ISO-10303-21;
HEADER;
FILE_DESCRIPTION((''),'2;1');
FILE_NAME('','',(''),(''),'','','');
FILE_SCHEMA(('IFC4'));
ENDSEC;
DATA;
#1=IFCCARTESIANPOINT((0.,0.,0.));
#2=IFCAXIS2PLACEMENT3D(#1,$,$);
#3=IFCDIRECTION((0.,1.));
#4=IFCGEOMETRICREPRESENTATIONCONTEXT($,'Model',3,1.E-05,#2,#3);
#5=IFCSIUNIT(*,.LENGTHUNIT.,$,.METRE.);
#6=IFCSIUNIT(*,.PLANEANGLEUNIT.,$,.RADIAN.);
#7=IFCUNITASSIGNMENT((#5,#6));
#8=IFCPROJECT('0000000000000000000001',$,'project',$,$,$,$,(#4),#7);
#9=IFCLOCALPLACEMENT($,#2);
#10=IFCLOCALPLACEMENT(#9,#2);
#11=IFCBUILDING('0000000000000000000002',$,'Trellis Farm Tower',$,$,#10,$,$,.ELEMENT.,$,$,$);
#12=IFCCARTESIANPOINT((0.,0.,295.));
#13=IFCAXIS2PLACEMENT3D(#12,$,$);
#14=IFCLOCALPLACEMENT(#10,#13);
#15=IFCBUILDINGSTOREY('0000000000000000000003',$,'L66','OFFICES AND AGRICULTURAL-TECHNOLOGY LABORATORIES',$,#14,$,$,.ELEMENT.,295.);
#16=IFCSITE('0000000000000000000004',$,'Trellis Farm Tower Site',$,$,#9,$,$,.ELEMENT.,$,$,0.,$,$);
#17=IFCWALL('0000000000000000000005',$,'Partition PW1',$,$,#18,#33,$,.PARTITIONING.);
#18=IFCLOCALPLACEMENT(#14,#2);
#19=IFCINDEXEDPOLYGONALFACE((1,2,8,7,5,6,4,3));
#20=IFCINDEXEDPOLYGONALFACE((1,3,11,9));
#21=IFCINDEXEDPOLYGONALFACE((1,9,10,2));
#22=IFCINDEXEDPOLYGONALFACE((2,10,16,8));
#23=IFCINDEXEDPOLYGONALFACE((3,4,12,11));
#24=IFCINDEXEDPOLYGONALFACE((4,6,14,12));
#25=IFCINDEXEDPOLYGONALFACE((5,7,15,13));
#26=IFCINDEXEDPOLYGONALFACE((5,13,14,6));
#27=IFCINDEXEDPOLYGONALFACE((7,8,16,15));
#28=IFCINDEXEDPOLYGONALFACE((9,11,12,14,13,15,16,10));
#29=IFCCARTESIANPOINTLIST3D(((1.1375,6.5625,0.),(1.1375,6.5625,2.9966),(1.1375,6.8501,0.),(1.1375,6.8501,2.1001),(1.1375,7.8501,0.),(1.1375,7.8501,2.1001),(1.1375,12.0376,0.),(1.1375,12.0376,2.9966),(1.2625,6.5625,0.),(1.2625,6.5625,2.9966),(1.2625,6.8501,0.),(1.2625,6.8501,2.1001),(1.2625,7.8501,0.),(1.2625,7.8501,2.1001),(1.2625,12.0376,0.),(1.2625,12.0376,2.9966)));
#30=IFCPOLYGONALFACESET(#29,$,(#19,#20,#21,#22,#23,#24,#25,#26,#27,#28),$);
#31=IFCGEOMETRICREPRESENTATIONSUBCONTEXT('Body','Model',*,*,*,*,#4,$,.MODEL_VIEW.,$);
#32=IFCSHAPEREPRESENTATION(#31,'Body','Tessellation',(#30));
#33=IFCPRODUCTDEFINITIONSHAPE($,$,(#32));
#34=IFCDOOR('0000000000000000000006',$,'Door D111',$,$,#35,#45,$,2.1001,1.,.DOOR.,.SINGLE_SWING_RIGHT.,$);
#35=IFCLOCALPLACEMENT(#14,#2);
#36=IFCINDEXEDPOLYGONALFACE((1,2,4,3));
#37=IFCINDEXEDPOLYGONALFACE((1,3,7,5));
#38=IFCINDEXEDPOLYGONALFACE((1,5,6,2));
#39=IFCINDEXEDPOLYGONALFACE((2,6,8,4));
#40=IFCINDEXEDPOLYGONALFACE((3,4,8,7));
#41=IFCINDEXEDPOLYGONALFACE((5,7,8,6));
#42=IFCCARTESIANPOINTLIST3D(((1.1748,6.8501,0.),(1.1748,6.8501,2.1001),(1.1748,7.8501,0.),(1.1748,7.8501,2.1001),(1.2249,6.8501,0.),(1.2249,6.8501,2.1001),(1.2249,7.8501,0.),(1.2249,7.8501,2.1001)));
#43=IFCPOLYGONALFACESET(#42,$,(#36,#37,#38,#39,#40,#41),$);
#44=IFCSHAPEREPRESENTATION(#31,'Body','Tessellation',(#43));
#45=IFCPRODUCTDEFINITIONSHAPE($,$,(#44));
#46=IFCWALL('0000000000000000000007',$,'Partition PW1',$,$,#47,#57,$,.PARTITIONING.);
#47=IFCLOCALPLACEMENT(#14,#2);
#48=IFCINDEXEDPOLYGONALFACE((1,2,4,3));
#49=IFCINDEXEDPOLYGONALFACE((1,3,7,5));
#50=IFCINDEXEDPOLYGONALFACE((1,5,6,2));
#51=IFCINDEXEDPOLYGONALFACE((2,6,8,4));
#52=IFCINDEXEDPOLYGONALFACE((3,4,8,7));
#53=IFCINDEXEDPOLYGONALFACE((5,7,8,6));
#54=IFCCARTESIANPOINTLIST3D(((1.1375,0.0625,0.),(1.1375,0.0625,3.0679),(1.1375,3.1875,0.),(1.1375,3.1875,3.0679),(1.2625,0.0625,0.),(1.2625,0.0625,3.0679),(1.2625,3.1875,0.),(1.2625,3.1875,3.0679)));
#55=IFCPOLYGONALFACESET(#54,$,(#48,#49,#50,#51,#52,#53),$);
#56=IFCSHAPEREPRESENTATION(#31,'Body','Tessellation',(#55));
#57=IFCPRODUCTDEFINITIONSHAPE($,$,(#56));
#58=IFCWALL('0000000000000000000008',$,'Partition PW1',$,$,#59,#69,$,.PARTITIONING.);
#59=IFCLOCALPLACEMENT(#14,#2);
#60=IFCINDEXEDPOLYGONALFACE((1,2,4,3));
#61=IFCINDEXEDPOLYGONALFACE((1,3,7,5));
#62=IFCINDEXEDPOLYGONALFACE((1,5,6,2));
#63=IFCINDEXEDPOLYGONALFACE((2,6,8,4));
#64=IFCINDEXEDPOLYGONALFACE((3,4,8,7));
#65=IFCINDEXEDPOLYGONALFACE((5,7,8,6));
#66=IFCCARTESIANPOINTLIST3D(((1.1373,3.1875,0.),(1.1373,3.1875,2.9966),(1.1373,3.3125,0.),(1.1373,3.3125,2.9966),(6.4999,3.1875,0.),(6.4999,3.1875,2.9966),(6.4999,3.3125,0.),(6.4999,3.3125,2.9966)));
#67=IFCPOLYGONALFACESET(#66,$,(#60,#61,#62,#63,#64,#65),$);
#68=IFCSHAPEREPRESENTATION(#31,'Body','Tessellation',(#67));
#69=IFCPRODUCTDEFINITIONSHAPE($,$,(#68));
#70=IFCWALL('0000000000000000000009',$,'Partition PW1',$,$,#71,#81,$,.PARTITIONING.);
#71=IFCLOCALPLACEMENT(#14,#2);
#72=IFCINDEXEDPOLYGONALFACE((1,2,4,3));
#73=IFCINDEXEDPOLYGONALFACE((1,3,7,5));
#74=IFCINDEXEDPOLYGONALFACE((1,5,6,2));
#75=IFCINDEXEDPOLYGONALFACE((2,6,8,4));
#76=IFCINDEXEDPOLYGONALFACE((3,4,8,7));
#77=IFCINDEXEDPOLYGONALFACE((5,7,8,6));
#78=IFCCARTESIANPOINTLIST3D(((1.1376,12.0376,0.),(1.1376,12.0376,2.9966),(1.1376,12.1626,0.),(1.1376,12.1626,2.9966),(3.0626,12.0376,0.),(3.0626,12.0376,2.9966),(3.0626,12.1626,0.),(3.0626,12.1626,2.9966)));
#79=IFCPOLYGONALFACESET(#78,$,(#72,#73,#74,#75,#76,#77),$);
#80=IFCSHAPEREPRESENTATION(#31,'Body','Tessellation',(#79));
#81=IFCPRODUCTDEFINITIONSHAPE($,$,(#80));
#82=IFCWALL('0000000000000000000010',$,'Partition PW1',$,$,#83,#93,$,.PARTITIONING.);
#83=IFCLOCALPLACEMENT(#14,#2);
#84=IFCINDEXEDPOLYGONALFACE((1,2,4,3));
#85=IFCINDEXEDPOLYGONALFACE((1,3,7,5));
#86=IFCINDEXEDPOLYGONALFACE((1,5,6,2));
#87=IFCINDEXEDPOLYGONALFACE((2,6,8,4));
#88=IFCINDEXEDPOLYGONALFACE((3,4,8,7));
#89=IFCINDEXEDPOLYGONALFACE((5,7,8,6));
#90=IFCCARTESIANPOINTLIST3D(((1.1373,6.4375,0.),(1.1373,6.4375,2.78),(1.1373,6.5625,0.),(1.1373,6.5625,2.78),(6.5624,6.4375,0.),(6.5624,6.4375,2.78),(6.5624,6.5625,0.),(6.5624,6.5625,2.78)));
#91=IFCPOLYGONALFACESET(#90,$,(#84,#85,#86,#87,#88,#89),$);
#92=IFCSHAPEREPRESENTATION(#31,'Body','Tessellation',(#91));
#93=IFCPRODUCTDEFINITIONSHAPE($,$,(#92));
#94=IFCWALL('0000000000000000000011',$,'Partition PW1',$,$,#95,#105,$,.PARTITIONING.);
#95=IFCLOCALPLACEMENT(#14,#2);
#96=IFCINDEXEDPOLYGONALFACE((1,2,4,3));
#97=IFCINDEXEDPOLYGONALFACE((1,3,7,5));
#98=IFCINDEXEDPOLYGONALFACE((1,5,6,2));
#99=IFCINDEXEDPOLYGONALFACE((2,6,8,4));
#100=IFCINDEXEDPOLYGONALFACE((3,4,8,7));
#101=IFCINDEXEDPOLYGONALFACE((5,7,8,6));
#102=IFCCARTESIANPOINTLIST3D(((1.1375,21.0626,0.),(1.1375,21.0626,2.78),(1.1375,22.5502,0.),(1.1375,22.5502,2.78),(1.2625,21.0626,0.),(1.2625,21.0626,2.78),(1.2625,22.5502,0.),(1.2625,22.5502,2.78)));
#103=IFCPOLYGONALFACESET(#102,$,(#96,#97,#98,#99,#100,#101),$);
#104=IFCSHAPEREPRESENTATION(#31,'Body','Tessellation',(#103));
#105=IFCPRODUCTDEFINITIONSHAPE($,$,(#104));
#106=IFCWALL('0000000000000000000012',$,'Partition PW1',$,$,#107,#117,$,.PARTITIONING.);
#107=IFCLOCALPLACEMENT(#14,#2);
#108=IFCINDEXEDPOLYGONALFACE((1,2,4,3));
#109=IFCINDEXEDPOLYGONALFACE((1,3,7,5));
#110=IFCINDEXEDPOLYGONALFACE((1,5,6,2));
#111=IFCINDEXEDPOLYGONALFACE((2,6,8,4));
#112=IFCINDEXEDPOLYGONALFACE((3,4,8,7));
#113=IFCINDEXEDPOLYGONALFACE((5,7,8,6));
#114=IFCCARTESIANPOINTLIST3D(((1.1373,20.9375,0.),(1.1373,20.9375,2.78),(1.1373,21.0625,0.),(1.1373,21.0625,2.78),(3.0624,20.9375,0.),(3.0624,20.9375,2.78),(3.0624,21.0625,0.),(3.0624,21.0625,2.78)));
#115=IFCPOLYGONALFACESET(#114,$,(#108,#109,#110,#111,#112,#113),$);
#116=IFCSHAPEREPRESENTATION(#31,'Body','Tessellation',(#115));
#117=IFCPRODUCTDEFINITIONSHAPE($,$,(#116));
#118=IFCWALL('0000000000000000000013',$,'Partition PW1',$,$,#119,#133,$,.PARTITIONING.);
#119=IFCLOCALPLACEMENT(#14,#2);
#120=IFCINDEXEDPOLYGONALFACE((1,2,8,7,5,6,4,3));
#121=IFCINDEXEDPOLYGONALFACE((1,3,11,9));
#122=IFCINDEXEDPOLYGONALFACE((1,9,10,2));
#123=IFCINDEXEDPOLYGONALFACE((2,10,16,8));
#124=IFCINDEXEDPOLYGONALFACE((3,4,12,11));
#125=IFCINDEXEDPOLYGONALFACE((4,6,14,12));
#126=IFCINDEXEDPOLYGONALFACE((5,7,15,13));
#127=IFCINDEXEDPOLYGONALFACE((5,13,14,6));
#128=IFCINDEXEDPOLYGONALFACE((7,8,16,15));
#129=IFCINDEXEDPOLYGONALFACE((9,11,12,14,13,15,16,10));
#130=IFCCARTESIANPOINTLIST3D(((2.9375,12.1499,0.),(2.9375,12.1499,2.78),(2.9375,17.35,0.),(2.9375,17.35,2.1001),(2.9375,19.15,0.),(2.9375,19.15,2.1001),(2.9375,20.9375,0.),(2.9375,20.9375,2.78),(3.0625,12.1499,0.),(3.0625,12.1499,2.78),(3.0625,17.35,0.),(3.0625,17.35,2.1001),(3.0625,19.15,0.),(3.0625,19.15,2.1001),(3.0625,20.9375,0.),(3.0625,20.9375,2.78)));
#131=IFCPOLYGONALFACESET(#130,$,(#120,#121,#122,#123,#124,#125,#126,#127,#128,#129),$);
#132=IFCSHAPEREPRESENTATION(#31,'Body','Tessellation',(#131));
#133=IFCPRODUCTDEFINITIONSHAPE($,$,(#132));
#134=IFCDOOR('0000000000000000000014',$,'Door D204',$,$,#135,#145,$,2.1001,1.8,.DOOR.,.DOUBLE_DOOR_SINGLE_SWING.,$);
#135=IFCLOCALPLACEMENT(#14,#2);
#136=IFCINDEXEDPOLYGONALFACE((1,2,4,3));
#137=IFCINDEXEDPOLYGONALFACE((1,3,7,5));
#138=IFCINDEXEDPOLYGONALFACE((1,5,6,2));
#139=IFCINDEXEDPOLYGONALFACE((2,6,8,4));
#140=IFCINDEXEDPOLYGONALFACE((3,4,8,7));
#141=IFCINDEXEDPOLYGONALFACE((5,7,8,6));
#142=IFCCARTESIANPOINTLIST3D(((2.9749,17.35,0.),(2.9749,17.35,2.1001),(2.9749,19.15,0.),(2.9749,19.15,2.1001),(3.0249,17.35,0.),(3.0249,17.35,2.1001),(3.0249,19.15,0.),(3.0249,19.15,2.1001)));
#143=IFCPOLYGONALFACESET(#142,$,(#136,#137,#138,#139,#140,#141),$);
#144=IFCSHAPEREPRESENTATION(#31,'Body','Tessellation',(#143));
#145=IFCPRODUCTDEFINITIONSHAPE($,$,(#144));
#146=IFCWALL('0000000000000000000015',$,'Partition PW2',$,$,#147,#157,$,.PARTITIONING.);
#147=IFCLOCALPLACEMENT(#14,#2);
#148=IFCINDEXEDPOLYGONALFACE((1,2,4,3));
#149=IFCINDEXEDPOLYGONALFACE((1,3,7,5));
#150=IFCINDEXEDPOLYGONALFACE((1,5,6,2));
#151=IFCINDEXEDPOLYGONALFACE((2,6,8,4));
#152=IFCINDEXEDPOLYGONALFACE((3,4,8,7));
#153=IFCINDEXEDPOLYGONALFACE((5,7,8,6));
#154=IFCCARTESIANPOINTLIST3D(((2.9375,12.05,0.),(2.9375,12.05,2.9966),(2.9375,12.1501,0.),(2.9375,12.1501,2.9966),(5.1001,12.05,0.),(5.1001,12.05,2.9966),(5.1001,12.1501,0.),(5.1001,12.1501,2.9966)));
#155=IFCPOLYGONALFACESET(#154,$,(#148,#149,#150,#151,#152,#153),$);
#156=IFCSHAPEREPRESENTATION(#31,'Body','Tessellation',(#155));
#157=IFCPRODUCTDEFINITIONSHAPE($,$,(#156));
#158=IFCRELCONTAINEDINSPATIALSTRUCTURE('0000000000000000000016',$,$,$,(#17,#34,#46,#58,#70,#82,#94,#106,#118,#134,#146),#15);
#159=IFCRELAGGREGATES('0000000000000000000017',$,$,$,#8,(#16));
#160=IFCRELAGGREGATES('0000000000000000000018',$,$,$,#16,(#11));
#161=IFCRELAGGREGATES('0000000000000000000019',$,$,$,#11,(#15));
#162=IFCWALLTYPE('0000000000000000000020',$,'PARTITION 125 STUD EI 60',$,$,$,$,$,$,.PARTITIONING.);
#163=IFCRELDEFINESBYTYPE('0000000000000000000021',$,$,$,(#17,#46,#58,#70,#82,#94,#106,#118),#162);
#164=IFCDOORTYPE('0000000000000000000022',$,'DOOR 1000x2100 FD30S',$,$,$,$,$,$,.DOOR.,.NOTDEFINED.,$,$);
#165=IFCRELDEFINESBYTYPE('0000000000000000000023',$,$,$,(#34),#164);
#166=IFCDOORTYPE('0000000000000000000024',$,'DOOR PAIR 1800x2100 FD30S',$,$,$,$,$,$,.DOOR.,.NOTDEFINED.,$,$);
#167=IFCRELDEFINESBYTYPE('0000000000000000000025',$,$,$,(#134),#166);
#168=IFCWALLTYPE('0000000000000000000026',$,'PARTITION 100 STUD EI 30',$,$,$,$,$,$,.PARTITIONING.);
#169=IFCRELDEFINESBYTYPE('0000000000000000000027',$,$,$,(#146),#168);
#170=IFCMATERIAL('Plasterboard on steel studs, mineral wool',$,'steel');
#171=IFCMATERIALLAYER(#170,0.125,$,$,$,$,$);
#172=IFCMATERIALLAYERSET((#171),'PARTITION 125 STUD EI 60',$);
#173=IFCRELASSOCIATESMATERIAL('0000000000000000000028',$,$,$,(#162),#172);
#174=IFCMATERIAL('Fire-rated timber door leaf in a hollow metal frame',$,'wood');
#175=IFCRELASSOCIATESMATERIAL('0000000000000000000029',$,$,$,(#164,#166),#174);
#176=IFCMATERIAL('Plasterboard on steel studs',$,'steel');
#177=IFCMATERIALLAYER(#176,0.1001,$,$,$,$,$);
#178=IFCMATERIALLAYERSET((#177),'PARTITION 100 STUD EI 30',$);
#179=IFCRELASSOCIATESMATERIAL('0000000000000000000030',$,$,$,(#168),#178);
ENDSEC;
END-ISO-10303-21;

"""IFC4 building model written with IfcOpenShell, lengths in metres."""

from ifc_helpers import new_model, si_unit, direction, frame, frame_2d, origin, place, context, subcontext, project, spatial, rectangle, extrude, source, transform, mapped, material, layer, layer_set, type_object, element, fill, save


model = new_model("IFC4")

# Units and contexts
model_context = context("Model", 3, precision=1e-05, world=origin(), true_north=direction((0.0, 1.0)))
body_context = subcontext(model_context, "Body", "Model", "MODEL_VIEW")
ifc_project = project(units=[si_unit("LENGTHUNIT", "METRE"), si_unit("PLANEANGLEUNIT", "RADIAN")], contexts=[model_context])

# Site, building, storey
site_placement = place(None, origin())
site = spatial("IfcSite", under=ifc_project, at=site_placement, Name="Trellis Farm Tower Site", CompositionType="ELEMENT", RefElevation=0.0)
building_placement = place(site_placement, origin())
building = spatial("IfcBuilding", under=site, at=building_placement, Name="Trellis Farm Tower", CompositionType="ELEMENT")
storey_placement = place(building_placement, frame((0.0, 0.0, 295.0)))
storey = spatial("IfcBuildingStorey", under=building, at=storey_placement, Name="L66", Description="OFFICES AND AGRICULTURAL-TECHNOLOGY LABORATORIES", CompositionType="ELEMENT", Elevation=295.0)

# Wall, opening, door
ifc_material_1 = material(Name="Plasterboard on steel studs, mineral wool", Category="steel")
ifc_layer_1 = layer(ifc_material_1, 0.125)
ifc_layer_set_1 = layer_set([ifc_layer_1], Name="PARTITION 125 STUD EI 60")
wall_type_1 = type_object("IfcWallType", Name="PARTITION 125 STUD EI 60", PredefinedType="PARTITIONING", material=ifc_layer_set_1)
shared_shape_1 = source(origin(), body_context, "Body", "SweptSolid", [
    extrude(rectangle(XDim=5.4751, YDim=0.125, at=frame_2d((2.7375, 0.0))), origin(), (0.0, 0.0, 1.0), 2.9966),
])
wall_1_placement = place(storey_placement, frame((1.2, 12.0376, 0.0), z_axis=(0.0, 0.0, 1.0), x_axis=(0.0, -1.0, 0.0)))
wall_1 = element("IfcWall", 1, at=wall_1_placement, inside=storey, type_object=wall_type_1, Name="Partition PW1", PredefinedType="PARTITIONING", context=body_context, shape_type="MappedRepresentation", body=[
    mapped(shared_shape_1, transform((0.0, 0.0, 0.0))),
])
shared_shape_2 = source(origin(), body_context, "Body", "SweptSolid", [
    extrude(rectangle(XDim=1.0, YDim=2.1001, at=frame_2d((0.5, 1.05))), frame((0.0, 0.0725, 0.0), z_axis=(0.0, -1.0, 0.0), x_axis=(1.0, 0.0, 0.0)), (0.0, 0.0, 1.0), 0.145),
])
opening_1_placement = place(wall_1_placement, frame((4.1875, 0.0, 0.0)))
opening_1 = element("IfcOpeningElement", 2, at=opening_1_placement, cuts=wall_1, PredefinedType="OPENING", context=body_context, shape_type="MappedRepresentation", body=[
    mapped(shared_shape_2, transform((0.0, 0.0, 0.0))),
])
ifc_material_2 = material(Name="Fire-rated timber door leaf in a hollow metal frame", Category="wood")
door_type_1 = type_object("IfcDoorType", Name="DOOR 1000x2100 FD30S", OperationType="NOTDEFINED", PredefinedType="DOOR", material=ifc_material_2)
shared_shape_3 = source(origin(), body_context, "Body", "SweptSolid", [
    extrude(rectangle(XDim=1.0, YDim=2.1001, at=frame_2d((0.5, 1.05))), frame((0.0, 0.0249, 0.0), z_axis=(0.0, -1.0, 0.0), x_axis=(1.0, 0.0, 0.0)), (0.0, 0.0, 1.0), 0.05),
])
door_1_placement = place(opening_1_placement, origin())
door_1 = element("IfcDoor", 3, at=door_1_placement, inside=storey, type_object=door_type_1, Name="Door D111", OperationType="SINGLE_SWING_RIGHT", OverallHeight=2.1001, OverallWidth=1.0, PredefinedType="DOOR", context=body_context, shape_type="MappedRepresentation", body=[
    mapped(shared_shape_3, transform((0.0, 0.0, 0.0))),
])
fill(opening_1, door_1)

# Walls
shared_shape_4 = source(origin(), body_context, "Body", "SweptSolid", [
    extrude(rectangle(XDim=3.125, YDim=0.125, at=frame_2d((1.5625, 0.0))), origin(), (0.0, 0.0, 1.0), 3.0679),
])
wall_2_placement = place(storey_placement, frame((1.2, 3.1875, 0.0), z_axis=(0.0, 0.0, 1.0), x_axis=(0.0, -1.0, 0.0)))
element("IfcWall", 4, at=wall_2_placement, inside=storey, type_object=wall_type_1, Name="Partition PW1", PredefinedType="PARTITIONING", context=body_context, shape_type="MappedRepresentation", body=[
    mapped(shared_shape_4, transform((0.0, 0.0, 0.0))),
])
shared_shape_5 = source(origin(), body_context, "Body", "SweptSolid", [
    extrude(rectangle(XDim=5.3625, YDim=0.125, at=frame_2d((2.6812, 0.0))), origin(), (0.0, 0.0, 1.0), 2.9966),
])
wall_3_placement = place(storey_placement, frame((1.1375, 3.25, 0.0), z_axis=(0.0, 0.0, 1.0), x_axis=(1.0, 0.0, 0.0)))
element("IfcWall", 5, at=wall_3_placement, inside=storey, type_object=wall_type_1, Name="Partition PW1", PredefinedType="PARTITIONING", context=body_context, shape_type="MappedRepresentation", body=[
    mapped(shared_shape_5, transform((0.0, 0.0, 0.0))),
])
shared_shape_6 = source(origin(), body_context, "Body", "SweptSolid", [
    extrude(rectangle(XDim=1.925, YDim=0.125, at=frame_2d((0.9624, 0.0))), origin(), (0.0, 0.0, 1.0), 2.9966),
])
wall_4_placement = place(storey_placement, frame((3.0625, 12.1001, 0.0), z_axis=(0.0, 0.0, 1.0), x_axis=(-1.0, 0.0, 0.0)))
element("IfcWall", 6, at=wall_4_placement, inside=storey, type_object=wall_type_1, Name="Partition PW1", PredefinedType="PARTITIONING", context=body_context, shape_type="MappedRepresentation", body=[
    mapped(shared_shape_6, transform((0.0, 0.0, 0.0))),
])
shared_shape_7 = source(origin(), body_context, "Body", "SweptSolid", [
    extrude(rectangle(XDim=5.425, YDim=0.125, at=frame_2d((2.7124, 0.0))), origin(), (0.0, 0.0, 1.0), 2.78),
])
wall_5_placement = place(storey_placement, frame((1.1375, 6.5, 0.0), z_axis=(0.0, 0.0, 1.0), x_axis=(1.0, 0.0, 0.0)))
element("IfcWall", 7, at=wall_5_placement, inside=storey, type_object=wall_type_1, Name="Partition PW1", PredefinedType="PARTITIONING", context=body_context, shape_type="MappedRepresentation", body=[
    mapped(shared_shape_7, transform((0.0, 0.0, 0.0))),
])
shared_shape_8 = source(origin(), body_context, "Body", "SweptSolid", [
    extrude(rectangle(XDim=1.4875, YDim=0.125, at=frame_2d((0.7437, 0.0))), origin(), (0.0, 0.0, 1.0), 2.78),
])
wall_6_placement = place(storey_placement, frame((1.2, 22.55, 0.0), z_axis=(0.0, 0.0, 1.0), x_axis=(0.0, -1.0, 0.0)))
element("IfcWall", 8, at=wall_6_placement, inside=storey, type_object=wall_type_1, Name="Partition PW1", PredefinedType="PARTITIONING", context=body_context, shape_type="MappedRepresentation", body=[
    mapped(shared_shape_8, transform((0.0, 0.0, 0.0))),
])
shared_shape_9 = source(origin(), body_context, "Body", "SweptSolid", [
    extrude(rectangle(XDim=1.925, YDim=0.125, at=frame_2d((0.9624, 0.0))), origin(), (0.0, 0.0, 1.0), 2.78),
])
wall_7_placement = place(storey_placement, frame((1.1375, 21.0, 0.0), z_axis=(0.0, 0.0, 1.0), x_axis=(1.0, 0.0, 0.0)))
element("IfcWall", 9, at=wall_7_placement, inside=storey, type_object=wall_type_1, Name="Partition PW1", PredefinedType="PARTITIONING", context=body_context, shape_type="MappedRepresentation", body=[
    mapped(shared_shape_9, transform((0.0, 0.0, 0.0))),
])

# Wall, opening, door
shared_shape_10 = source(origin(), body_context, "Body", "SweptSolid", [
    extrude(rectangle(XDim=8.7876, YDim=0.125, at=frame_2d((4.3938, 0.0))), origin(), (0.0, 0.0, 1.0), 2.78),
])
wall_8_placement = place(storey_placement, frame((3.0, 20.9375, 0.0), z_axis=(0.0, 0.0, 1.0), x_axis=(0.0, -1.0, 0.0)))
wall_8 = element("IfcWall", 10, at=wall_8_placement, inside=storey, type_object=wall_type_1, Name="Partition PW1", PredefinedType="PARTITIONING", context=body_context, shape_type="MappedRepresentation", body=[
    mapped(shared_shape_10, transform((0.0, 0.0, 0.0))),
])
shared_shape_11 = source(origin(), body_context, "Body", "SweptSolid", [
    extrude(rectangle(XDim=1.8, YDim=2.1001, at=frame_2d((0.8999, 1.05))), frame((0.0, 0.0725, 0.0), z_axis=(0.0, -1.0, 0.0), x_axis=(1.0, 0.0, 0.0)), (0.0, 0.0, 1.0), 0.145),
])
opening_2_placement = place(wall_8_placement, frame((1.7876, 0.0, 0.0)))
opening_2 = element("IfcOpeningElement", 11, at=opening_2_placement, cuts=wall_8, PredefinedType="OPENING", context=body_context, shape_type="MappedRepresentation", body=[
    mapped(shared_shape_11, transform((0.0, 0.0, 0.0))),
])
door_type_2 = type_object("IfcDoorType", Name="DOOR PAIR 1800x2100 FD30S", OperationType="NOTDEFINED", PredefinedType="DOOR", material=ifc_material_2)
shared_shape_12 = source(origin(), body_context, "Body", "SweptSolid", [
    extrude(rectangle(XDim=1.8, YDim=2.1001, at=frame_2d((0.8999, 1.05))), frame((0.0, 0.0249, 0.0), z_axis=(0.0, -1.0, 0.0), x_axis=(1.0, 0.0, 0.0)), (0.0, 0.0, 1.0), 0.05),
])
door_2_placement = place(opening_2_placement, origin())
door_2 = element("IfcDoor", 12, at=door_2_placement, inside=storey, type_object=door_type_2, Name="Door D204", OperationType="DOUBLE_DOOR_SINGLE_SWING", OverallHeight=2.1001, OverallWidth=1.8, PredefinedType="DOOR", context=body_context, shape_type="MappedRepresentation", body=[
    mapped(shared_shape_12, transform((0.0, 0.0, 0.0))),
])
fill(opening_2, door_2)

# Wall
ifc_material_3 = material(Name="Plasterboard on steel studs", Category="steel")
ifc_layer_2 = layer(ifc_material_3, 0.1001)
ifc_layer_set_2 = layer_set([ifc_layer_2], Name="PARTITION 100 STUD EI 30")
wall_type_2 = type_object("IfcWallType", Name="PARTITION 100 STUD EI 30", PredefinedType="PARTITIONING", material=ifc_layer_set_2)
shared_shape_13 = source(origin(), body_context, "Body", "SweptSolid", [
    extrude(rectangle(XDim=2.1626, YDim=0.1001, at=frame_2d((1.0813, 0.0))), origin(), (0.0, 0.0, 1.0), 2.9966),
])
wall_9_placement = place(storey_placement, frame((2.9375, 12.1001, 0.0), z_axis=(0.0, 0.0, 1.0), x_axis=(1.0, 0.0, 0.0)))
element("IfcWall", 13, at=wall_9_placement, inside=storey, type_object=wall_type_2, Name="Partition PW2", PredefinedType="PARTITIONING", context=body_context, shape_type="MappedRepresentation", body=[
    mapped(shared_shape_13, transform((0.0, 0.0, 0.0))),
])

save(model, "model.ifc")
